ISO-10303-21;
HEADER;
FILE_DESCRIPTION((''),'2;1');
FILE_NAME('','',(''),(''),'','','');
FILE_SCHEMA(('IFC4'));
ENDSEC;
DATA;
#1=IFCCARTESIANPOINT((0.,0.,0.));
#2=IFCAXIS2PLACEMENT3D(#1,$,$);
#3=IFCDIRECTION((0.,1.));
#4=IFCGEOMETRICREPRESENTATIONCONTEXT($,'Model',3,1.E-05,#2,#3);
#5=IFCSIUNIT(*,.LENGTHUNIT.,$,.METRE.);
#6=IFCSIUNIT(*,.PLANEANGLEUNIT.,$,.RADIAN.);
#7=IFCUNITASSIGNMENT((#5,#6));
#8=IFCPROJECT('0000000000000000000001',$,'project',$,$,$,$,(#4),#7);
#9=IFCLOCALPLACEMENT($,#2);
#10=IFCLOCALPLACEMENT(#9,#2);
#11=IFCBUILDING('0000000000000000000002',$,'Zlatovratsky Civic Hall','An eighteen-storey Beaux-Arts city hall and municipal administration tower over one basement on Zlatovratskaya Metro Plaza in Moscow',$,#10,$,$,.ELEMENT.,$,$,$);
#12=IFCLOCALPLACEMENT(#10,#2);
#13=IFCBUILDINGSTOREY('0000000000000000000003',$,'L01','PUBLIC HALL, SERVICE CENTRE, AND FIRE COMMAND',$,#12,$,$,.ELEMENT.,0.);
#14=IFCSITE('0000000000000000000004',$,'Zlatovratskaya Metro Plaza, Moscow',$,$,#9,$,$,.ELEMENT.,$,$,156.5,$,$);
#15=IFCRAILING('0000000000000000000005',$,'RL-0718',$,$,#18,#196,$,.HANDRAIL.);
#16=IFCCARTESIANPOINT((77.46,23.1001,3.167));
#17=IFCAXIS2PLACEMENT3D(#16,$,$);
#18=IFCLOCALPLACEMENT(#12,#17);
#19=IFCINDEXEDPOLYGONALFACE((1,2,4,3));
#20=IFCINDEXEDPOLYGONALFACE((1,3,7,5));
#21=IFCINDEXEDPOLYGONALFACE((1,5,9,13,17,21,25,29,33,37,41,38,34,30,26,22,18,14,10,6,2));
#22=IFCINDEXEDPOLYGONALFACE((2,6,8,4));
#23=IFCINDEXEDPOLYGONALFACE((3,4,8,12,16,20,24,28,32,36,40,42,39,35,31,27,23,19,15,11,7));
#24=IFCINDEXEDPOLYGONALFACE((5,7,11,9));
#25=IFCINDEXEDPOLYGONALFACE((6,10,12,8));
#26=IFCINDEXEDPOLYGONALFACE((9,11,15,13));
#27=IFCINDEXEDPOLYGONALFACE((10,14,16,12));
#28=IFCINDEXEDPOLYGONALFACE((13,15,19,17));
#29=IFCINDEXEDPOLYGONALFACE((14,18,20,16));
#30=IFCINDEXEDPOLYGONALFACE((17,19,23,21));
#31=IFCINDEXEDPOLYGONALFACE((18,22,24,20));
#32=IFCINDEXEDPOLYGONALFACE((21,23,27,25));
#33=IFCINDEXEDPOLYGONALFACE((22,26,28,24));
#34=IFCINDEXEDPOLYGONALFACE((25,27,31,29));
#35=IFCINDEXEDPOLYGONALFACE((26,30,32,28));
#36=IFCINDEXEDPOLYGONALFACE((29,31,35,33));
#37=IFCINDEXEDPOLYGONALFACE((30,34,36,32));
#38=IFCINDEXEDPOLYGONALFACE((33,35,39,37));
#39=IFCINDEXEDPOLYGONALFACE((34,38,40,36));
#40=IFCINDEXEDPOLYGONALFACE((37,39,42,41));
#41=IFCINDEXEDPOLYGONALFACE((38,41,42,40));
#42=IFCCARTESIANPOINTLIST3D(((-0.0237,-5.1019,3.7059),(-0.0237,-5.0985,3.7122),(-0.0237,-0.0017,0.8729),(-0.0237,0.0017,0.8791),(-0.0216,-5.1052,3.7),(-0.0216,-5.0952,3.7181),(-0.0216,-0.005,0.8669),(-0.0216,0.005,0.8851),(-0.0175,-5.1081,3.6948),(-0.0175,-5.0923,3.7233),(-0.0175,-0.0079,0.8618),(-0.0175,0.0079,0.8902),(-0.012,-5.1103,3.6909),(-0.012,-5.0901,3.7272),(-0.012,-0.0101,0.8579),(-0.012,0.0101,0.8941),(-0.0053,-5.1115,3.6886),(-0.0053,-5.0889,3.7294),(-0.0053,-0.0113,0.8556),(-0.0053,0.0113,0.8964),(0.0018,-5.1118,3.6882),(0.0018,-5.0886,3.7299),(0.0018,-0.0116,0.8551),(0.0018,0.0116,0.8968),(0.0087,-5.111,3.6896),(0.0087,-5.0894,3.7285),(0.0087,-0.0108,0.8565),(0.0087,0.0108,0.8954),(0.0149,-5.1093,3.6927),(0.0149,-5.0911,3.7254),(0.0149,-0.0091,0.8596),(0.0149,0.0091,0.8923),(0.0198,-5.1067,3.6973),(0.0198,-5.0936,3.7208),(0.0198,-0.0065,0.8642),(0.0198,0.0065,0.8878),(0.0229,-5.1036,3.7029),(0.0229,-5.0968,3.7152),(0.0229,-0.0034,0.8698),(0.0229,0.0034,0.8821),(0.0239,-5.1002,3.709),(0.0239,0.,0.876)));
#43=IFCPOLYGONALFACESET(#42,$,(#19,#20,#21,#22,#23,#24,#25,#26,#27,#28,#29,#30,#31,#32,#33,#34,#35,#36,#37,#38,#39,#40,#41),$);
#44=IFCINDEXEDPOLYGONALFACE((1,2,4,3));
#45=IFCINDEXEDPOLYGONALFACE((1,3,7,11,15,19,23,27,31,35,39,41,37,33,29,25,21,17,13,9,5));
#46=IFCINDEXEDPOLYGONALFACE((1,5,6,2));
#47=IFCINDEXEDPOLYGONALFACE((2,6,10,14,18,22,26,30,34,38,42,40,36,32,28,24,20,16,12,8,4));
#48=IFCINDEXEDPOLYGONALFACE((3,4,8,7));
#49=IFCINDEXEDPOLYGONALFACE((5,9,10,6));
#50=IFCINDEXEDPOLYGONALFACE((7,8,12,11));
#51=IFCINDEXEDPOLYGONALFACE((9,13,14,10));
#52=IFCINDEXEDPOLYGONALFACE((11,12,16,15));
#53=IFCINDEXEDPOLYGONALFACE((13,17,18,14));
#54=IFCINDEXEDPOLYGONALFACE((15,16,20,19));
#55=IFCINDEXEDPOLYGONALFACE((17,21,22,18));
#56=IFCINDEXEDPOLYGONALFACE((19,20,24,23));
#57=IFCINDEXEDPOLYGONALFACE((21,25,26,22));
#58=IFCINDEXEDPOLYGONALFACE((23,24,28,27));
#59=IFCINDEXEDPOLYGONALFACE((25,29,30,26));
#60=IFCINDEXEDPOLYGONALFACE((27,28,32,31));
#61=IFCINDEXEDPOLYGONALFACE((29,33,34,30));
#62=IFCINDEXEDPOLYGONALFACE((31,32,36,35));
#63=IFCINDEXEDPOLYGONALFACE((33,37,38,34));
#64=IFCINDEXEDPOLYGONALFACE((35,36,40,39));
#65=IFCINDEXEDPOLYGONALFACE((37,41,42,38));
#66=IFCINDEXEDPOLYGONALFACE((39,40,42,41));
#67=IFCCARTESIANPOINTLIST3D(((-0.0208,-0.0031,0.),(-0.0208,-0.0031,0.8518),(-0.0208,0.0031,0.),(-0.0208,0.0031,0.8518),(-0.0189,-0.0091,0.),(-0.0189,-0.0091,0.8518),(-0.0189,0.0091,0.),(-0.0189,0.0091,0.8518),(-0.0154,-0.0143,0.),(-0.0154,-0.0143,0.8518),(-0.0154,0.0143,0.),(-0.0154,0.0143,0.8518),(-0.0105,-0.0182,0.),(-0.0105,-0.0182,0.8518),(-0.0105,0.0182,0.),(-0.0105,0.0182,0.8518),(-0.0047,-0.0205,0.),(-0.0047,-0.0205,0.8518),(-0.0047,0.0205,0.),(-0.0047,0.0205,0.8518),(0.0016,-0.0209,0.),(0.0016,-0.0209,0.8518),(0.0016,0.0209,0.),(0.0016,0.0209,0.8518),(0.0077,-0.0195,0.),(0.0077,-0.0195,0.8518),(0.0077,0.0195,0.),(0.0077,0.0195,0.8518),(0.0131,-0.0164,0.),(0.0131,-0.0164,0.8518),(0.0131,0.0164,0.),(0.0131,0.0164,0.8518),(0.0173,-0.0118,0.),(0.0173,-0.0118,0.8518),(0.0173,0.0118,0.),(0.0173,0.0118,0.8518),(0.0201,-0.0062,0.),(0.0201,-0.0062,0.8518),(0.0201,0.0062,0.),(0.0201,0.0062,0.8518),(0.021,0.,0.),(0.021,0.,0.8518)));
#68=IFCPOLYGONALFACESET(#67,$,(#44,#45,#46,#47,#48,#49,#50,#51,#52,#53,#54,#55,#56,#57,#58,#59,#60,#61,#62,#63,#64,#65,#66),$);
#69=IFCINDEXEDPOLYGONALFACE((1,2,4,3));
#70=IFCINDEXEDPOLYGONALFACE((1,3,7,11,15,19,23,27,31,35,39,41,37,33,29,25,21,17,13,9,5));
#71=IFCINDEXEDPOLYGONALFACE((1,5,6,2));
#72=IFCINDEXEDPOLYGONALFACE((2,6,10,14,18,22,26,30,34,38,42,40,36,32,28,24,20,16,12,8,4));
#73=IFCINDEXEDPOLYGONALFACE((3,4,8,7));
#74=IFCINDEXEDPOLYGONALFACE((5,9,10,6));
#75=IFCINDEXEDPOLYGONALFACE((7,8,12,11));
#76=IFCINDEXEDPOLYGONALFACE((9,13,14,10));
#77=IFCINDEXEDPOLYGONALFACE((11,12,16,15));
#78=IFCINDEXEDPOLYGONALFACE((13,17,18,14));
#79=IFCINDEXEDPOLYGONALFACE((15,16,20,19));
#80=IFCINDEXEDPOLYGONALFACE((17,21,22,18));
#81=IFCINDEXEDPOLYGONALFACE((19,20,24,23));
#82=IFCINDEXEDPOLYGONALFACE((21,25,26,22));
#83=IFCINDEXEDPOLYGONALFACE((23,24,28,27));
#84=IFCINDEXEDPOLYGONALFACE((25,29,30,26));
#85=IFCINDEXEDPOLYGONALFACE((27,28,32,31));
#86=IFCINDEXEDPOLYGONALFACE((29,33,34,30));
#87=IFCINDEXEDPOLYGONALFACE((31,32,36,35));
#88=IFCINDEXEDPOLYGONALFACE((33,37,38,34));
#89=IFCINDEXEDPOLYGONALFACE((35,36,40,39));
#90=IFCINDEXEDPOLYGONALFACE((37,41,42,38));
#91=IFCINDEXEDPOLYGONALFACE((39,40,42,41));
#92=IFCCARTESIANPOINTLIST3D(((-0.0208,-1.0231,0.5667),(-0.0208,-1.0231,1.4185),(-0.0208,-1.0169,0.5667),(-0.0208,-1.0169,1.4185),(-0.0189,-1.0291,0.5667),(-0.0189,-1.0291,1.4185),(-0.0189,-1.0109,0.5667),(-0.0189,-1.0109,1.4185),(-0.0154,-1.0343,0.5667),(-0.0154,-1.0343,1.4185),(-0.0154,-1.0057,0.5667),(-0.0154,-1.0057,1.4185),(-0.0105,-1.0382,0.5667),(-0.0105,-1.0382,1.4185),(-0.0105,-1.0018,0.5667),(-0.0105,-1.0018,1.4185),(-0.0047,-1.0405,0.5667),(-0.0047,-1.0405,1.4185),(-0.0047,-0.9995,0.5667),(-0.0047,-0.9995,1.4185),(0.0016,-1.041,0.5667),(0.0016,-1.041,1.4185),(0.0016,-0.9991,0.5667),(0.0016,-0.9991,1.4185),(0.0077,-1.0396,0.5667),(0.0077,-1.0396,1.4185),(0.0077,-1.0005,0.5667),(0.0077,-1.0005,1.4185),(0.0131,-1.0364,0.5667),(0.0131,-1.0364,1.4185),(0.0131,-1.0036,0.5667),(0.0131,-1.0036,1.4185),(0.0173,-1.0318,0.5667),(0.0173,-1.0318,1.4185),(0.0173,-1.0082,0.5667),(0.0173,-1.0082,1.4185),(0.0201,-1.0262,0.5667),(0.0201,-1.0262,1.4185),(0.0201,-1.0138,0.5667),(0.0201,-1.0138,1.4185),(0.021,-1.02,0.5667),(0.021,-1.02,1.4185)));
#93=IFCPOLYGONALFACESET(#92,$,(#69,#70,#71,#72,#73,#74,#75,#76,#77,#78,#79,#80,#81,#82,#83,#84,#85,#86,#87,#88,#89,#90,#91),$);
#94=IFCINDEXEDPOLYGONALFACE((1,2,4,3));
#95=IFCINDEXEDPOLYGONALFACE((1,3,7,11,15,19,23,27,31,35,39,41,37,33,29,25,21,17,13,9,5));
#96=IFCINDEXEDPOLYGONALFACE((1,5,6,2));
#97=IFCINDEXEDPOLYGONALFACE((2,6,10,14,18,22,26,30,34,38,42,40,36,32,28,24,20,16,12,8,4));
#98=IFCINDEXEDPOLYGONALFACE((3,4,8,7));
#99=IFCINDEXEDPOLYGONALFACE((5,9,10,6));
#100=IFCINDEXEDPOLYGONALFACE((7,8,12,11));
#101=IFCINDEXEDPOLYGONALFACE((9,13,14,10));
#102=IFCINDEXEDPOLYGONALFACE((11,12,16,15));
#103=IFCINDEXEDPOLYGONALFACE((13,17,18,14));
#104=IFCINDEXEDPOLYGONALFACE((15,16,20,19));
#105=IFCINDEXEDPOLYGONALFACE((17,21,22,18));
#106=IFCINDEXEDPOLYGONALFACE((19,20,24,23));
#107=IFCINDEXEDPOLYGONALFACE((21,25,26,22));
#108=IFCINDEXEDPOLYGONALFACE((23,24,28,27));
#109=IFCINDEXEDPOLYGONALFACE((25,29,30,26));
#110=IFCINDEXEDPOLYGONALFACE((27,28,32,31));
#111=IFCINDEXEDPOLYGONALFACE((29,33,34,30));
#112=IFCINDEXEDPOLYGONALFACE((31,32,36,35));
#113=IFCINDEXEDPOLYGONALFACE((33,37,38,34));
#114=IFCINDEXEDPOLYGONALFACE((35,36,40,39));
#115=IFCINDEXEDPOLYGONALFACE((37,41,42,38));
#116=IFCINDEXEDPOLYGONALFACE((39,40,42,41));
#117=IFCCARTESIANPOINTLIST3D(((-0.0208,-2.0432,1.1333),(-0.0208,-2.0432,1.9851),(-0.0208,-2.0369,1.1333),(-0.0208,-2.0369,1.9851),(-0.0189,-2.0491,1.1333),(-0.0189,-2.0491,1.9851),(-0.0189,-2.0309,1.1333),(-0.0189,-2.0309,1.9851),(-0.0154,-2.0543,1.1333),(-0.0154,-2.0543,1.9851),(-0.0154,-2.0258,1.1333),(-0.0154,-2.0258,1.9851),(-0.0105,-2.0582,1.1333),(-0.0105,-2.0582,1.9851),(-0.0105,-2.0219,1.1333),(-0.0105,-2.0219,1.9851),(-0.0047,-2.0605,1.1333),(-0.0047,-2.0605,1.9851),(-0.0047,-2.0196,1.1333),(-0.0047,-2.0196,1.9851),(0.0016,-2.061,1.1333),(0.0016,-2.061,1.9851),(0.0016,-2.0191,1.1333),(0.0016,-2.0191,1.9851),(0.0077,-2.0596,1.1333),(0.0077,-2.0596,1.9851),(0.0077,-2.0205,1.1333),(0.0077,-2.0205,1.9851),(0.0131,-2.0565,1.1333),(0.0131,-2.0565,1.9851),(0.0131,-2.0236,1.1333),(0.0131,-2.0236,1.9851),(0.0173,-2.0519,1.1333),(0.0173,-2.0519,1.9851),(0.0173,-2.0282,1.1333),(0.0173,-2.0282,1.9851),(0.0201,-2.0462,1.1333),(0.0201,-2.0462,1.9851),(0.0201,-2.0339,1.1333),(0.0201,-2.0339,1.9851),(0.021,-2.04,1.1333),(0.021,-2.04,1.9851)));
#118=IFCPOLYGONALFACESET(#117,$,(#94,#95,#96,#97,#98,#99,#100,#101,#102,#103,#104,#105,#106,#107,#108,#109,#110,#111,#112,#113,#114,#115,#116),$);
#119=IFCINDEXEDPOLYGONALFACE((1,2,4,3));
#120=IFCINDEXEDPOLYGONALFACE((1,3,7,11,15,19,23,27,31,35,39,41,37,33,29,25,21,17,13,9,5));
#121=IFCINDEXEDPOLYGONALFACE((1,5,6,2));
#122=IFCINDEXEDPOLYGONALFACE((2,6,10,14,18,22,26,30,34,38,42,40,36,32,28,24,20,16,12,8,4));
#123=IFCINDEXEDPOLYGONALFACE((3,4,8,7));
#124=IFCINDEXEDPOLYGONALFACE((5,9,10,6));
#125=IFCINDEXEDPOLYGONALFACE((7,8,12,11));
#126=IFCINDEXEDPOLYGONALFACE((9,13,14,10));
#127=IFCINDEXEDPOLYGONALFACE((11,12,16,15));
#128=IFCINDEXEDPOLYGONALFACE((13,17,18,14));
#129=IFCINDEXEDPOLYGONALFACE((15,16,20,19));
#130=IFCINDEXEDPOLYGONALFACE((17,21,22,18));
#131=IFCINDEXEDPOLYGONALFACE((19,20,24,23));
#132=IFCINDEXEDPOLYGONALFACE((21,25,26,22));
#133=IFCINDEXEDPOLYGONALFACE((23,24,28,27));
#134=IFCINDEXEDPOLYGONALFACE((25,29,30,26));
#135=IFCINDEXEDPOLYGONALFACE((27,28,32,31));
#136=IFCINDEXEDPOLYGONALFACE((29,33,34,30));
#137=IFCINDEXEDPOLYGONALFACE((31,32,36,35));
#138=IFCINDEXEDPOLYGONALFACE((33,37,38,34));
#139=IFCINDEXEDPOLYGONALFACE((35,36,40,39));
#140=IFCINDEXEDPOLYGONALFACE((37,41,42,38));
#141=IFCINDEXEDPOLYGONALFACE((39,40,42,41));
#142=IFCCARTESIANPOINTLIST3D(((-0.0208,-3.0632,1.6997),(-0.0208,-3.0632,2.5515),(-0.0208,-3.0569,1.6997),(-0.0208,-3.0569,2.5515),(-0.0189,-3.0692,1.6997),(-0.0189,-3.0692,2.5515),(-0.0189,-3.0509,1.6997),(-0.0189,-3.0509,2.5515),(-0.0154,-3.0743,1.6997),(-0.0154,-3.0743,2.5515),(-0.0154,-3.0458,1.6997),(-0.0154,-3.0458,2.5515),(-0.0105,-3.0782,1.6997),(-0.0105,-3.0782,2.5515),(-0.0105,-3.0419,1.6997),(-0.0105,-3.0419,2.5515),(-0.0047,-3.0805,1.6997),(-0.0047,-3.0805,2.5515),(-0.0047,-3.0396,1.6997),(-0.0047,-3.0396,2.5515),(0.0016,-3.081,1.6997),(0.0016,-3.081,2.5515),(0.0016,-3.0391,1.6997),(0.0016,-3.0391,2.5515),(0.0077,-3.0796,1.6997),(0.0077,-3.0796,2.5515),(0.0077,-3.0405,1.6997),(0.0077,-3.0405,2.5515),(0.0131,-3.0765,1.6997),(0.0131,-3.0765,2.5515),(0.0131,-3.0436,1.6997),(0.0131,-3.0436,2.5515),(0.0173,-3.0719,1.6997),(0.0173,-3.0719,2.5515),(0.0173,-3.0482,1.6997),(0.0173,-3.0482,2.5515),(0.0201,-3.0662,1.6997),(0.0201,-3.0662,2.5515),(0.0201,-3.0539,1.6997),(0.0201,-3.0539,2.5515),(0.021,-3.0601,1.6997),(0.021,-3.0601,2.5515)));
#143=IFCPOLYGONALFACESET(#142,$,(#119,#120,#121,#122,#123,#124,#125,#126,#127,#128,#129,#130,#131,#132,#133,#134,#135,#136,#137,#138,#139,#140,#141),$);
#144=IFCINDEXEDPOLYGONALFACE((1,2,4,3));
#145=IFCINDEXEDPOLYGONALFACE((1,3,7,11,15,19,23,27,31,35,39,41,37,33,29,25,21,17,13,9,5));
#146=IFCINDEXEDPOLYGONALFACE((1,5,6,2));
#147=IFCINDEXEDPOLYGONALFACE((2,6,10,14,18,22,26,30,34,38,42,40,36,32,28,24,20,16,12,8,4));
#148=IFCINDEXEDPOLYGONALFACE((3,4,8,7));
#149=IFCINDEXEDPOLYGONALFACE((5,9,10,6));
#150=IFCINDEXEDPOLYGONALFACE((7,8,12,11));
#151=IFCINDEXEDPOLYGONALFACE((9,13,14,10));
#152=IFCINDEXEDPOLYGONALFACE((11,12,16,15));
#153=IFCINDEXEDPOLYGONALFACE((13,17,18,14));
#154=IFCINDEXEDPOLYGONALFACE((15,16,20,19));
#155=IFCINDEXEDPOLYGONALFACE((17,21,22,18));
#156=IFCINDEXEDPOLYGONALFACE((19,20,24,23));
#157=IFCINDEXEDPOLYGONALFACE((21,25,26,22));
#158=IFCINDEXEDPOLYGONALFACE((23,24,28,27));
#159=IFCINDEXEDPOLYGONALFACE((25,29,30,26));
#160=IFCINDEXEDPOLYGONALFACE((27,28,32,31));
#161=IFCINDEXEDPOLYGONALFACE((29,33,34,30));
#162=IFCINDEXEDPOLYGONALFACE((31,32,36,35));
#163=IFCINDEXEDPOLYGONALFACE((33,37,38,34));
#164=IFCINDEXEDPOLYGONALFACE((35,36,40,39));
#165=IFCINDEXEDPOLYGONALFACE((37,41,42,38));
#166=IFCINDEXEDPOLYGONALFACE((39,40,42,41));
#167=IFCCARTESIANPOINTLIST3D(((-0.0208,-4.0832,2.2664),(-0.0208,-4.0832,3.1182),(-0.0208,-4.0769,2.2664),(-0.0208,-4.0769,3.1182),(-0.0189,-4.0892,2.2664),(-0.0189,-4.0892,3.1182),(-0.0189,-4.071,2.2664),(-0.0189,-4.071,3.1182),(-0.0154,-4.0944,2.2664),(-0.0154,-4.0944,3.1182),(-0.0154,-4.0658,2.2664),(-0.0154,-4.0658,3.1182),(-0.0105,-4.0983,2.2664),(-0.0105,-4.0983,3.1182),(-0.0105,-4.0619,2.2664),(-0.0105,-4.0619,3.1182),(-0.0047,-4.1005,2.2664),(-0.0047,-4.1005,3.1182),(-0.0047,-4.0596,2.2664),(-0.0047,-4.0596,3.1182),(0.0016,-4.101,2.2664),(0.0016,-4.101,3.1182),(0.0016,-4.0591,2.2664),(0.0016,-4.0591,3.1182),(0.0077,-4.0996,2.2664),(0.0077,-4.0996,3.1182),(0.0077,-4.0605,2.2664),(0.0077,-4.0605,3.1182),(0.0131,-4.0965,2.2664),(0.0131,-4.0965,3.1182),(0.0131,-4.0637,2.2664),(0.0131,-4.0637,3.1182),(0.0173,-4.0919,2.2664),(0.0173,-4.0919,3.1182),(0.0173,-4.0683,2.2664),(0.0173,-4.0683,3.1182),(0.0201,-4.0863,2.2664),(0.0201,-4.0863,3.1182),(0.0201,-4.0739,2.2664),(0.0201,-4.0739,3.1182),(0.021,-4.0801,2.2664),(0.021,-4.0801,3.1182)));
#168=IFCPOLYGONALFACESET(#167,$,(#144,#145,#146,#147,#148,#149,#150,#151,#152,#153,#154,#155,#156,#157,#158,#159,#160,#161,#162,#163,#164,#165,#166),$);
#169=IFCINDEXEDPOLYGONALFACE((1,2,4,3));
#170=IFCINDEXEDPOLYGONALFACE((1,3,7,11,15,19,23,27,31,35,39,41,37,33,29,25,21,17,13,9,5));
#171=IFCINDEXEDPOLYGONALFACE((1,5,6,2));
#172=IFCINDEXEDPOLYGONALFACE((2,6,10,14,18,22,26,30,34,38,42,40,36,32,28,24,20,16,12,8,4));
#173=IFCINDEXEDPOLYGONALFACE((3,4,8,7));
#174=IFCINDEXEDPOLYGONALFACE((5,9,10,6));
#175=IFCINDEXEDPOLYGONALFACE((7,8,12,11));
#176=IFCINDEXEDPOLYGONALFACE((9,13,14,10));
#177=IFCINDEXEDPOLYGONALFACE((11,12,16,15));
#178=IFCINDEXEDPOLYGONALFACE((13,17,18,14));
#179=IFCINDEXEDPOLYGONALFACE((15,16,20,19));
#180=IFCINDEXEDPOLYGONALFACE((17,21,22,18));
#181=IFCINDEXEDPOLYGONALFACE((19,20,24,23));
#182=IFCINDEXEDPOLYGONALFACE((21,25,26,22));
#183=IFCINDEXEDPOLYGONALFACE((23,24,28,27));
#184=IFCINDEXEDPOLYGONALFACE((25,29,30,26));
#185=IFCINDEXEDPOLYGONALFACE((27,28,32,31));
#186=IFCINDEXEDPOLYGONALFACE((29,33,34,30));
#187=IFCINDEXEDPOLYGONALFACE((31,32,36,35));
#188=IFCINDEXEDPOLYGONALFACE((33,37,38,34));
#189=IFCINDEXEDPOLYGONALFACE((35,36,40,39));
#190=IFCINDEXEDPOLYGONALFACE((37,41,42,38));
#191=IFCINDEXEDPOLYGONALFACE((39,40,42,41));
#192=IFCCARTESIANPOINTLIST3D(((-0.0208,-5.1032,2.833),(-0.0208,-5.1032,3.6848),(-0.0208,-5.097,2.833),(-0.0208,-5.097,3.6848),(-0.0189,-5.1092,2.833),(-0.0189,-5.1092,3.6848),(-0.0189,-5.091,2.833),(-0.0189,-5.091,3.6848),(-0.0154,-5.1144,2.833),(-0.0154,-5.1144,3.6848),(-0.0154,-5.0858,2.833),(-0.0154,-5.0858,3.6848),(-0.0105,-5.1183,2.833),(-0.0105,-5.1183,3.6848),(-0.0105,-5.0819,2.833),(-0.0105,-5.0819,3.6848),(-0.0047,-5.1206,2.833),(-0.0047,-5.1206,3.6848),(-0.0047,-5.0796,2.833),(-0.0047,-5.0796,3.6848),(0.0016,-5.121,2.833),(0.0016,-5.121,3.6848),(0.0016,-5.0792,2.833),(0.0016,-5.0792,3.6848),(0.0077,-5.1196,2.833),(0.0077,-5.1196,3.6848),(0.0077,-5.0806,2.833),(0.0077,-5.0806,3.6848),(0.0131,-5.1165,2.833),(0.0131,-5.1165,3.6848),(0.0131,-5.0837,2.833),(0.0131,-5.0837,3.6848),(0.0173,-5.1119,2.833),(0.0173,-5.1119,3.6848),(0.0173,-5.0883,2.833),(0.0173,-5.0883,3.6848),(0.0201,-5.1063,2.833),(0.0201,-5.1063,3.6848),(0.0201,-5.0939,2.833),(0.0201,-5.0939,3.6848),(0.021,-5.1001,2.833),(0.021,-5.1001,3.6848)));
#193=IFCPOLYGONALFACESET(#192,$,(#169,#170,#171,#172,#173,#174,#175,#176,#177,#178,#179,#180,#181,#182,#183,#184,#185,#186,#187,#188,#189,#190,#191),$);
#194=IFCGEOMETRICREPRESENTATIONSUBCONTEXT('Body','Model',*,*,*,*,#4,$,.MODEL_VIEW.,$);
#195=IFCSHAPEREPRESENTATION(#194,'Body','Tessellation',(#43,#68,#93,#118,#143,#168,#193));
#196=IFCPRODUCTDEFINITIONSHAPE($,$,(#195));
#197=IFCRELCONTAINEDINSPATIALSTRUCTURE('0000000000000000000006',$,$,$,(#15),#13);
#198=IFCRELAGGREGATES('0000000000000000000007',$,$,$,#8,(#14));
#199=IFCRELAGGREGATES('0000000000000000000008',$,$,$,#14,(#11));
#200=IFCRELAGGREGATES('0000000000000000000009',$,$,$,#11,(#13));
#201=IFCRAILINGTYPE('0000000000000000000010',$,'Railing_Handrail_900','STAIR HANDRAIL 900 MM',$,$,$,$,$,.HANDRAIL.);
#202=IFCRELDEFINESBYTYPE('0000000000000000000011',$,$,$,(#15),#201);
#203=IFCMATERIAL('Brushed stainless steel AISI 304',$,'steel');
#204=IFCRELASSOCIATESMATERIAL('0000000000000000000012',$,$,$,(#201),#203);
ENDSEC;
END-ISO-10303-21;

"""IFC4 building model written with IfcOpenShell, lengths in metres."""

from ifc_helpers import new_model, si_unit, direction, frame, origin, origin_2d, place, context, subcontext, project, spatial, circle, extrude, material, type_object, element, save


model = new_model("IFC4")

# Units and contexts
model_context = context("Model", 3, precision=1e-05, world=origin(), true_north=direction((0.0, 1.0)))
body_context = subcontext(model_context, "Body", "Model", "MODEL_VIEW")
ifc_project = project(units=[si_unit("LENGTHUNIT", "METRE"), si_unit("PLANEANGLEUNIT", "RADIAN")], contexts=[model_context])

# Site, building, storey
site_placement = place(None, origin())
site = spatial("IfcSite", under=ifc_project, at=site_placement, Name="Zlatovratskaya Metro Plaza, Moscow", CompositionType="ELEMENT", RefElevation=156.5)
building_placement = place(site_placement, origin())
building = spatial("IfcBuilding", under=site, at=building_placement, Name="Zlatovratsky Civic Hall", Description="An eighteen-storey Beaux-Arts city hall and municipal administration tower over one basement on Zlatovratskaya Metro Plaza in Moscow", CompositionType="ELEMENT")
storey_placement = place(building_placement, origin())
storey = spatial("IfcBuildingStorey", under=building, at=storey_placement, Name="L01", Description="PUBLIC HALL, SERVICE CENTRE, AND FIRE COMMAND", CompositionType="ELEMENT", Elevation=0.0)

# Railing
ifc_material_1 = material(Name="Brushed stainless steel AISI 304", Category="steel")
railing_type_1 = type_object("IfcRailingType", Name="Railing_Handrail_900", Description="STAIR HANDRAIL 900 MM", PredefinedType="HANDRAIL", material=ifc_material_1)
railing_1_placement = place(storey_placement, frame((77.46, 23.1001, 3.167)))
element("IfcRailing", 1, at=railing_1_placement, inside=storey, type_object=railing_type_1, Name="RL-0718", PredefinedType="HANDRAIL", context=body_context, shape_type="SweptSolid", body=[
    extrude(circle(Radius=0.0239, at=origin_2d()), frame((0.0, 0.0, 0.876), z_axis=(0.0, -0.874185, 0.485593), x_axis=(1.0, 0.0, 0.0)), (0.0, 0.0, 1.0), 5.8342),
    extrude(circle(Radius=0.021, at=origin_2d()), origin(), (0.0, 0.0, 1.0), 0.8518),
    extrude(circle(Radius=0.021, at=origin_2d()), frame((0.0, -1.02, 0.5667)), (0.0, 0.0, 1.0), 0.8518),
    extrude(circle(Radius=0.021, at=origin_2d()), frame((0.0, -2.04, 1.1333)), (0.0, 0.0, 1.0), 0.8518),
    extrude(circle(Radius=0.021, at=origin_2d()), frame((0.0, -3.0601, 1.6997)), (0.0, 0.0, 1.0), 0.8518),
    extrude(circle(Radius=0.021, at=origin_2d()), frame((0.0, -4.0801, 2.2664)), (0.0, 0.0, 1.0), 0.8518),
    extrude(circle(Radius=0.021, at=origin_2d()), frame((0.0, -5.1001, 2.833)), (0.0, 0.0, 1.0), 0.8518),
])

save(model, "model.ifc")
